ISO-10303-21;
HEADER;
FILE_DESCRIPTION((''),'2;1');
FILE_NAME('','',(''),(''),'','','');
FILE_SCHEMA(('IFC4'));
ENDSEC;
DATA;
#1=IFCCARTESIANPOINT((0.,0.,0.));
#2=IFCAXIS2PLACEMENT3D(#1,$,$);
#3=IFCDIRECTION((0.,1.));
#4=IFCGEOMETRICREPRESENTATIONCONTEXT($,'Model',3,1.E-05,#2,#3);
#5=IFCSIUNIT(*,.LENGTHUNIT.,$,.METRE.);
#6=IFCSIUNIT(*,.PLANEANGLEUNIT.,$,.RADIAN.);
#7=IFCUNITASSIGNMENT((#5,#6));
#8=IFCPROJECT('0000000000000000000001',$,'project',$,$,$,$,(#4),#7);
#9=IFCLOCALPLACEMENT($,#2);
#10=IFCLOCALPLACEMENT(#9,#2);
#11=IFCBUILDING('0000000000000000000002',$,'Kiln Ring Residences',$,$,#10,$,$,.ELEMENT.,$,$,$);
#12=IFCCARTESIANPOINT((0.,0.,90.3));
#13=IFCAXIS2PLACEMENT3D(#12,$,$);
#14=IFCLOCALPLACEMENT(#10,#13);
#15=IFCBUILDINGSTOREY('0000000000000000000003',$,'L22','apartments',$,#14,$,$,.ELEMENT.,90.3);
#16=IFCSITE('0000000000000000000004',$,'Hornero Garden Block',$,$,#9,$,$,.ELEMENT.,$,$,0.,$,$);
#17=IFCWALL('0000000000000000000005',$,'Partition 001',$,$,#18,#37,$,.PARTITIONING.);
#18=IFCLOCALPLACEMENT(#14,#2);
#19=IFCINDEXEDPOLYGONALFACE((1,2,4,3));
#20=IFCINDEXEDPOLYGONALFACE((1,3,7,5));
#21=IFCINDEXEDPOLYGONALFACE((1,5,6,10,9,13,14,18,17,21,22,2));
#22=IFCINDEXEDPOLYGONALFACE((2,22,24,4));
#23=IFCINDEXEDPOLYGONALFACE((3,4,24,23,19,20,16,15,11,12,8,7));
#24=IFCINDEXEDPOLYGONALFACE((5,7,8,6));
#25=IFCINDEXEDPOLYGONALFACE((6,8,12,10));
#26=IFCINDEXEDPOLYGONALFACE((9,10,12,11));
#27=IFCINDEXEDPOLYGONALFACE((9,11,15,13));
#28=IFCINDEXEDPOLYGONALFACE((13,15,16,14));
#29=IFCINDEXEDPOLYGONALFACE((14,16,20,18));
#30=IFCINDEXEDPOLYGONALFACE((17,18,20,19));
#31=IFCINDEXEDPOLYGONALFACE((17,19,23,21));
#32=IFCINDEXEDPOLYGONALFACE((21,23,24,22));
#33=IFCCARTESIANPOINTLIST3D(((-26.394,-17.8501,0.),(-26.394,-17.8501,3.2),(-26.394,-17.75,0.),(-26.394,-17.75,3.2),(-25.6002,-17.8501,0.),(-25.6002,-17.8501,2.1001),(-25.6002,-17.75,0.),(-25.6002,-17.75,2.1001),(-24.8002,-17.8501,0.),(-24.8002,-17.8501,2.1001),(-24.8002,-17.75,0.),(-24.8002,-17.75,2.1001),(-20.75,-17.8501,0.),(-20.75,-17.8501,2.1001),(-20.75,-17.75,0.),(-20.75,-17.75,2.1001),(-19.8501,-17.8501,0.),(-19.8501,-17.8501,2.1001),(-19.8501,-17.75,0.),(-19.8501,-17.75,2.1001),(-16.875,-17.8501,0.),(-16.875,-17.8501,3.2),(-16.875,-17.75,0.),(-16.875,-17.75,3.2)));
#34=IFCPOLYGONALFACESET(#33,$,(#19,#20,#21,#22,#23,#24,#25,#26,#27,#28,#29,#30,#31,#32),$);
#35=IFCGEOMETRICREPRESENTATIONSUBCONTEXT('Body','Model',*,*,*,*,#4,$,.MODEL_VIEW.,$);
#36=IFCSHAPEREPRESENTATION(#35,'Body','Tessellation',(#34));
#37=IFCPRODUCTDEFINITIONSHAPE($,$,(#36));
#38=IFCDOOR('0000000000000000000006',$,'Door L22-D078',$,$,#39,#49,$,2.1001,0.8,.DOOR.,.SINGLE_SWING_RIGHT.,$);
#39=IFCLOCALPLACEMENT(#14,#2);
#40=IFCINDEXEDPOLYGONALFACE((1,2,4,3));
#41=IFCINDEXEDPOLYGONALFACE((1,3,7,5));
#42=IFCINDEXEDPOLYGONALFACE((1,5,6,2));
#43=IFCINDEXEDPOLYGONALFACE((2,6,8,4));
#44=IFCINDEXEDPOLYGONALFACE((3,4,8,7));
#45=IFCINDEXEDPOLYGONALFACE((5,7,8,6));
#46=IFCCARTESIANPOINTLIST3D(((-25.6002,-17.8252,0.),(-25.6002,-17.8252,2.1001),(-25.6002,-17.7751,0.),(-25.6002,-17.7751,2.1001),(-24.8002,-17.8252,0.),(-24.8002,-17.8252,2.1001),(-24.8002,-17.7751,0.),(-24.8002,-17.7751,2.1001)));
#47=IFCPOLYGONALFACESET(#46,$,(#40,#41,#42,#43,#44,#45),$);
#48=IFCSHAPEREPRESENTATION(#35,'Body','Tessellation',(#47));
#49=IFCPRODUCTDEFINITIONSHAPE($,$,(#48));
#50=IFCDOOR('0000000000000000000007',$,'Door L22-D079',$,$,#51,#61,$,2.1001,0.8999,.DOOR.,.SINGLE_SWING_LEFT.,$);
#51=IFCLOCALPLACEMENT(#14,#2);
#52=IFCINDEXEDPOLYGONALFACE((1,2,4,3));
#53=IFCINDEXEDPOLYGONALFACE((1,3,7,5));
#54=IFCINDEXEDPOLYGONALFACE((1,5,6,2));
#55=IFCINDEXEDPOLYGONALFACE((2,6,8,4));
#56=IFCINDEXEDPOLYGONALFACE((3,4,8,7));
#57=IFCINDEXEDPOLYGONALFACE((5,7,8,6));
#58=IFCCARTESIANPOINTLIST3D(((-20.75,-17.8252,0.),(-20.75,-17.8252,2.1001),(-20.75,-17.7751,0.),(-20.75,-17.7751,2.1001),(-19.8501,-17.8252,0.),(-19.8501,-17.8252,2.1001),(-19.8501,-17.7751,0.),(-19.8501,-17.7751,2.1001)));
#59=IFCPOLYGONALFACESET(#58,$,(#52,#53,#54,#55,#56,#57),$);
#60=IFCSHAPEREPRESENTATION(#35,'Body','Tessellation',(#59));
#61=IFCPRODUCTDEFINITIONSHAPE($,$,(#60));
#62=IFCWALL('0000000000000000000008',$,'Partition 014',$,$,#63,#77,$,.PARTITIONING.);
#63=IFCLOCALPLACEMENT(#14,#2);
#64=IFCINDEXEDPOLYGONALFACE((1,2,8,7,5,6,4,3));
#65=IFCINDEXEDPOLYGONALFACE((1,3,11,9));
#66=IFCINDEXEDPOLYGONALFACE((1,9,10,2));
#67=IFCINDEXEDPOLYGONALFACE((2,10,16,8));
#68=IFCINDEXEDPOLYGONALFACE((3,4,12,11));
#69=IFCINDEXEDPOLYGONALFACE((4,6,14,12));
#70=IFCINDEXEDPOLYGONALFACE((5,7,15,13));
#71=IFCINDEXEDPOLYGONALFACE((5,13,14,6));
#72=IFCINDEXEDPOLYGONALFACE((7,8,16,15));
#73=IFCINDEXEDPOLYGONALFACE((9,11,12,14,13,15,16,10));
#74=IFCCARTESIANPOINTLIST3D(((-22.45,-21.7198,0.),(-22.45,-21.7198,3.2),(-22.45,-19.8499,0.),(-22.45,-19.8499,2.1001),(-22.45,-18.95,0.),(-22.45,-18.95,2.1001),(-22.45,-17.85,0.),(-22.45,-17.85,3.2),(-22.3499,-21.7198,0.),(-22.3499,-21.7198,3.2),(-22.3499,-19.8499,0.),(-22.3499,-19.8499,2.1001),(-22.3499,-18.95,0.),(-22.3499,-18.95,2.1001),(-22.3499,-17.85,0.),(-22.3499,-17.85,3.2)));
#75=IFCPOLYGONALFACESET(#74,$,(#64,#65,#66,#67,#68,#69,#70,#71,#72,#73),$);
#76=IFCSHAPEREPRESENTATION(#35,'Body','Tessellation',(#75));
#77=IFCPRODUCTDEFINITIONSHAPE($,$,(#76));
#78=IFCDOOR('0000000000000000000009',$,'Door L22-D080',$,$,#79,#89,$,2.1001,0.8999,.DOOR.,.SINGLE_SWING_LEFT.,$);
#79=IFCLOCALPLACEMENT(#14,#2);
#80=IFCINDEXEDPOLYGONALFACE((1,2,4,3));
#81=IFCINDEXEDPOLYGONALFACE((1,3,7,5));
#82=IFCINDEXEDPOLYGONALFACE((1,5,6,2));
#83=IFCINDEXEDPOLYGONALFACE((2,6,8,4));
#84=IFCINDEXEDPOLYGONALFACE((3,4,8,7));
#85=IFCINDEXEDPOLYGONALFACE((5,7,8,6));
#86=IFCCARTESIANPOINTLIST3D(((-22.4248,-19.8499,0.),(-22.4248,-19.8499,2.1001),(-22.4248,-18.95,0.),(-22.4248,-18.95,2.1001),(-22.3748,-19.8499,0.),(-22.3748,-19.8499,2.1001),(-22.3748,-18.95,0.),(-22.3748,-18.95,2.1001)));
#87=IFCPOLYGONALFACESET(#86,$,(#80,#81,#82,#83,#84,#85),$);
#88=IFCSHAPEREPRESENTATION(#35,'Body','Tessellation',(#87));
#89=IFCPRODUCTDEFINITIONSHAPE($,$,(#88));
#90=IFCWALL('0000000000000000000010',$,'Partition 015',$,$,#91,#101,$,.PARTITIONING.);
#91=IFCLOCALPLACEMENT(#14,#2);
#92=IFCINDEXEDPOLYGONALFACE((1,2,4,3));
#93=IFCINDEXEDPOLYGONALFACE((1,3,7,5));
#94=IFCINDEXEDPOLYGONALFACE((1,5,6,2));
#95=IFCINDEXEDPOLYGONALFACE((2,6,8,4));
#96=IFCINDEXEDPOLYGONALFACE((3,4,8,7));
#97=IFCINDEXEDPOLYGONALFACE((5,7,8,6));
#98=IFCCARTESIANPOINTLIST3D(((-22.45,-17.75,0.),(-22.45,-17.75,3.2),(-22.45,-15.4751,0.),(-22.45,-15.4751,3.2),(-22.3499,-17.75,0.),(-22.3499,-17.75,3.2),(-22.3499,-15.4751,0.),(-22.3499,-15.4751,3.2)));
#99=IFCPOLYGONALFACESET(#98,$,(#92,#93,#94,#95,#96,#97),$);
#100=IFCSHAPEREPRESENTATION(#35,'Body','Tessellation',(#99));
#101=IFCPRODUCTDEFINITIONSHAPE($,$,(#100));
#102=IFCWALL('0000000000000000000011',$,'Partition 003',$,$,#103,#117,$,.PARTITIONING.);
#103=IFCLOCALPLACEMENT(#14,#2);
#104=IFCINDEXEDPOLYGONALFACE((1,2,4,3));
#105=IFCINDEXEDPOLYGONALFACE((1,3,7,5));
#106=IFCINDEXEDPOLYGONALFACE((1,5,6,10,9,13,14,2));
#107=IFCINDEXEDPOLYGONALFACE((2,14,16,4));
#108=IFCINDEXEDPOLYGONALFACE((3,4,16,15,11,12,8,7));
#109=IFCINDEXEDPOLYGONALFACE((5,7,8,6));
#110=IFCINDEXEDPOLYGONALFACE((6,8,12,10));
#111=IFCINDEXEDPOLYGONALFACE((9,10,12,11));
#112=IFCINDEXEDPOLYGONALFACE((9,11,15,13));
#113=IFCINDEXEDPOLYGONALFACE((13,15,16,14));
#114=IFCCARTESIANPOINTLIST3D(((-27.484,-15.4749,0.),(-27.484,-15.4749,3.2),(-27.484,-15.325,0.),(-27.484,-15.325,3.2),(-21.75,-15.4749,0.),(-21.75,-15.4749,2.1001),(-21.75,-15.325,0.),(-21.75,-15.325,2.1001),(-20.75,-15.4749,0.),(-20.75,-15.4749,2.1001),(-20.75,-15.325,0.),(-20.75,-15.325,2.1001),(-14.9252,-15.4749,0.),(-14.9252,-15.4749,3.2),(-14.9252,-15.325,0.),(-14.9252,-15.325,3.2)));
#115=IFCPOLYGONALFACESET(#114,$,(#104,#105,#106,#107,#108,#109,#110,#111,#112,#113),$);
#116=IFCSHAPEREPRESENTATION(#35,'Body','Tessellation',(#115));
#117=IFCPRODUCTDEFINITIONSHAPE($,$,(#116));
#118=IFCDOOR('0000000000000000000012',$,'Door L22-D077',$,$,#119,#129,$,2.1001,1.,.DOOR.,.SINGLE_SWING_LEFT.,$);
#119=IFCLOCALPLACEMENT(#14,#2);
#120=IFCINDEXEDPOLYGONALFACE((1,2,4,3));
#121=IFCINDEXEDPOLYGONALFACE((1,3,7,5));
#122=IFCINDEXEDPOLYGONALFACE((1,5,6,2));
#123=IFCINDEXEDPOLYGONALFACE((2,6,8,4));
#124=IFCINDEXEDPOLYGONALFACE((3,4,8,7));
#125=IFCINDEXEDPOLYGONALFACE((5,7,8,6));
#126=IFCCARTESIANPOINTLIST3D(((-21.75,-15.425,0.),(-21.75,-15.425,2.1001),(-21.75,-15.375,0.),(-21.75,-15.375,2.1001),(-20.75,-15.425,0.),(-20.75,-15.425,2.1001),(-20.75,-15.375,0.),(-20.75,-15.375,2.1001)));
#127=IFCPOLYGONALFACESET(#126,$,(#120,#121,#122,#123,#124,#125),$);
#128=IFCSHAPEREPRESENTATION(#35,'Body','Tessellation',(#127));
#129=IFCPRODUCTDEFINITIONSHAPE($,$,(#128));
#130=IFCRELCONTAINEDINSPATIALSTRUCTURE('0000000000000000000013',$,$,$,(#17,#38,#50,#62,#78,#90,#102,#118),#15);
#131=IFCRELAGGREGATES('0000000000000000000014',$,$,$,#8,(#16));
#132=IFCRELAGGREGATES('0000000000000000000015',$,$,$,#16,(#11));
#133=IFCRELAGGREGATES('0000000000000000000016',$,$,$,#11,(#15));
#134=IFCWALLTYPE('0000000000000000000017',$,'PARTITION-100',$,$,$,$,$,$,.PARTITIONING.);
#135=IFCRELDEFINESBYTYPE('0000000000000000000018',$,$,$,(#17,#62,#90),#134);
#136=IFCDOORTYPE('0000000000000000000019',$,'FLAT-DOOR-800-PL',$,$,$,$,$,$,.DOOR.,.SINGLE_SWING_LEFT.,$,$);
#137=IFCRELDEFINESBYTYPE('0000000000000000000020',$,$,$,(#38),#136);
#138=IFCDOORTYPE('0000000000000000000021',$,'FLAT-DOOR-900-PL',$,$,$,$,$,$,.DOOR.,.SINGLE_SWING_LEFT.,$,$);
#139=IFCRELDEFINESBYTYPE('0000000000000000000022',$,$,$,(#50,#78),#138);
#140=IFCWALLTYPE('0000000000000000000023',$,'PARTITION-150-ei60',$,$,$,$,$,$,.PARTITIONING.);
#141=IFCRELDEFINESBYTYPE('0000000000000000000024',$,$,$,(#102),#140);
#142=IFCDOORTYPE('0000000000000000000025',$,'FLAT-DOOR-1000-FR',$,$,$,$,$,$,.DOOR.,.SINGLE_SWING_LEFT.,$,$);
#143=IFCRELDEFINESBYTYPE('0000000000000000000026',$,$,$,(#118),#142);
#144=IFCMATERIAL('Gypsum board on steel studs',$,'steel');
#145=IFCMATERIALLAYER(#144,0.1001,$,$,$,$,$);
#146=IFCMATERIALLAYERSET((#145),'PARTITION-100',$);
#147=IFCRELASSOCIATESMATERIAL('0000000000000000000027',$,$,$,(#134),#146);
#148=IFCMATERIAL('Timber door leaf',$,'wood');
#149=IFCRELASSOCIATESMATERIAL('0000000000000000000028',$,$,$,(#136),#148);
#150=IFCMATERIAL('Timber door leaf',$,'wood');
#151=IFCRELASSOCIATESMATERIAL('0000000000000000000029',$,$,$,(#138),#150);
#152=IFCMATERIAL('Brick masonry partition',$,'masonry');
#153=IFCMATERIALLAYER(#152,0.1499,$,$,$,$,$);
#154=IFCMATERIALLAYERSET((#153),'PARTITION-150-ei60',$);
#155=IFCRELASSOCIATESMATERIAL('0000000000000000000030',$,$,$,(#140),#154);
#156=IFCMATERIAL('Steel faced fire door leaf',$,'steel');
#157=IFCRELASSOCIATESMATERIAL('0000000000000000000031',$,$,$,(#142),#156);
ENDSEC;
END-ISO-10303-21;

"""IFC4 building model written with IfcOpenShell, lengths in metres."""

from ifc_helpers import new_model, si_unit, direction, frame, frame_2d, origin, place, context, subcontext, project, spatial, rectangle, extrude, material, layer, layer_set, type_object, element, fill, save


model = new_model("IFC4")

# Units and contexts
model_context = context("Model", 3, precision=1e-05, world=origin(), true_north=direction((0.0, 1.0)))
body_context = subcontext(model_context, "Body", "Model", "MODEL_VIEW")
ifc_project = project(units=[si_unit("LENGTHUNIT", "METRE"), si_unit("PLANEANGLEUNIT", "RADIAN")], contexts=[model_context])

# Site, building, storey
site_placement = place(None, origin())
site = spatial("IfcSite", under=ifc_project, at=site_placement, Name="Hornero Garden Block", CompositionType="ELEMENT", RefElevation=0.0)
building_placement = place(site_placement, origin())
building = spatial("IfcBuilding", under=site, at=building_placement, Name="Kiln Ring Residences", CompositionType="ELEMENT")
storey_placement = place(building_placement, frame((0.0, 0.0, 90.3)))
storey = spatial("IfcBuildingStorey", under=building, at=storey_placement, Name="L22", Description="apartments", CompositionType="ELEMENT", Elevation=90.3)

# Wall, openings, doors
ifc_material_1 = material(Name="Gypsum board on steel studs", Category="steel")
ifc_layer_1 = layer(ifc_material_1, 0.1001)
ifc_layer_set_1 = layer_set([ifc_layer_1], Name="PARTITION-100")
wall_type_1 = type_object("IfcWallType", Name="PARTITION-100", PredefinedType="PARTITIONING", material=ifc_layer_set_1)
wall_1_placement = place(storey_placement, frame((-26.394, -17.8, 0.0), z_axis=(0.0, 0.0, 1.0), x_axis=(1.0, 0.0, 0.0)))
wall_1 = element("IfcWall", 1, at=wall_1_placement, inside=storey, type_object=wall_type_1, Name="Partition 001", PredefinedType="PARTITIONING", context=body_context, shape_type="SweptSolid", body=[
    extrude(rectangle(XDim=9.519, YDim=0.1001, at=frame_2d((4.7595, 0.0))), origin(), (0.0, 0.0, 1.0), 3.2),
])
opening_1_placement = place(wall_1_placement, frame((0.7939, 0.0, 0.0)))
opening_1 = element("IfcOpeningElement", 2, at=opening_1_placement, cuts=wall_1, PredefinedType="OPENING", context=body_context, shape_type="SweptSolid", body=[
    extrude(rectangle(XDim=0.8, YDim=2.1001, at=frame_2d((0.3999, 1.05))), frame((0.0, 0.0601, 0.0), z_axis=(0.0, -1.0, 0.0), x_axis=(1.0, 0.0, 0.0)), (0.0, 0.0, 1.0), 0.1201),
])
opening_2_placement = place(wall_1_placement, frame((5.644, 0.0, 0.0)))
opening_2 = element("IfcOpeningElement", 3, at=opening_2_placement, cuts=wall_1, PredefinedType="OPENING", context=body_context, shape_type="SweptSolid", body=[
    extrude(rectangle(XDim=0.8999, YDim=2.1001, at=frame_2d((0.45, 1.05))), frame((0.0, 0.0601, 0.0), z_axis=(0.0, -1.0, 0.0), x_axis=(1.0, 0.0, 0.0)), (0.0, 0.0, 1.0), 0.1201),
])
ifc_material_2 = material(Name="Timber door leaf", Category="wood")
door_type_1 = type_object("IfcDoorType", Name="FLAT-DOOR-800-PL", OperationType="SINGLE_SWING_LEFT", PredefinedType="DOOR", material=ifc_material_2)
door_1_placement = place(opening_1_placement, origin())
door_1 = element("IfcDoor", 4, at=door_1_placement, inside=storey, type_object=door_type_1, Name="Door L22-D078", OperationType="SINGLE_SWING_RIGHT", OverallHeight=2.1001, OverallWidth=0.8, PredefinedType="DOOR", context=body_context, shape_type="SweptSolid", body=[
    extrude(rectangle(XDim=0.8, YDim=2.1001, at=frame_2d((0.3999, 1.05))), frame((0.0, 0.0249, 0.0), z_axis=(0.0, -1.0, 0.0), x_axis=(1.0, 0.0, 0.0)), (0.0, 0.0, 1.0), 0.05),
])
fill(opening_1, door_1)
ifc_material_3 = material(Name="Timber door leaf", Category="wood")
door_type_2 = type_object("IfcDoorType", Name="FLAT-DOOR-900-PL", OperationType="SINGLE_SWING_LEFT", PredefinedType="DOOR", material=ifc_material_3)
door_2_placement = place(opening_2_placement, origin())
door_2 = element("IfcDoor", 5, at=door_2_placement, inside=storey, type_object=door_type_2, Name="Door L22-D079", OperationType="SINGLE_SWING_LEFT", OverallHeight=2.1001, OverallWidth=0.8999, PredefinedType="DOOR", context=body_context, shape_type="SweptSolid", body=[
    extrude(rectangle(XDim=0.8999, YDim=2.1001, at=frame_2d((0.45, 1.05))), frame((0.0, 0.0249, 0.0), z_axis=(0.0, -1.0, 0.0), x_axis=(1.0, 0.0, 0.0)), (0.0, 0.0, 1.0), 0.05),
])
fill(opening_2, door_2)

# Wall, opening, door
wall_2_placement = place(storey_placement, frame((-22.3999, -21.72, 0.0), z_axis=(0.0, 0.0, 1.0), x_axis=(0.0, 1.0, 0.0)))
wall_2 = element("IfcWall", 6, at=wall_2_placement, inside=storey, type_object=wall_type_1, Name="Partition 014", PredefinedType="PARTITIONING", context=body_context, shape_type="SweptSolid", body=[
    extrude(rectangle(XDim=3.8699, YDim=0.1001, at=frame_2d((1.9351, 0.0))), origin(), (0.0, 0.0, 1.0), 3.2),
])
opening_3_placement = place(wall_2_placement, frame((1.8701, 0.0, 0.0)))
opening_3 = element("IfcOpeningElement", 7, at=opening_3_placement, cuts=wall_2, PredefinedType="OPENING", context=body_context, shape_type="SweptSolid", body=[
    extrude(rectangle(XDim=0.8999, YDim=2.1001, at=frame_2d((0.45, 1.05))), frame((0.0, 0.0601, 0.0), z_axis=(0.0, -1.0, 0.0), x_axis=(1.0, 0.0, 0.0)), (0.0, 0.0, 1.0), 0.1201),
])
door_3_placement = place(opening_3_placement, origin())
door_3 = element("IfcDoor", 8, at=door_3_placement, inside=storey, type_object=door_type_2, Name="Door L22-D080", OperationType="SINGLE_SWING_LEFT", OverallHeight=2.1001, OverallWidth=0.8999, PredefinedType="DOOR", context=body_context, shape_type="SweptSolid", body=[
    extrude(rectangle(XDim=0.8999, YDim=2.1001, at=frame_2d((0.45, 1.05))), frame((0.0, 0.0249, 0.0), z_axis=(0.0, -1.0, 0.0), x_axis=(1.0, 0.0, 0.0)), (0.0, 0.0, 1.0), 0.05),
])
fill(opening_3, door_3)

# Wall
wall_3_placement = place(storey_placement, frame((-22.3999, -17.75, 0.0), z_axis=(0.0, 0.0, 1.0), x_axis=(0.0, 1.0, 0.0)))
element("IfcWall", 9, at=wall_3_placement, inside=storey, type_object=wall_type_1, Name="Partition 015", PredefinedType="PARTITIONING", context=body_context, shape_type="SweptSolid", body=[
    extrude(rectangle(XDim=2.2749, YDim=0.1001, at=frame_2d((1.1375, 0.0))), origin(), (0.0, 0.0, 1.0), 3.2),
])

# Wall, opening, door
ifc_material_4 = material(Name="Brick masonry partition", Category="masonry")
ifc_layer_2 = layer(ifc_material_4, 0.1499)
ifc_layer_set_2 = layer_set([ifc_layer_2], Name="PARTITION-150-ei60")
wall_type_2 = type_object("IfcWallType", Name="PARTITION-150-ei60", PredefinedType="PARTITIONING", material=ifc_layer_set_2)
wall_4_placement = place(storey_placement, frame((-27.4839, -15.3999, 0.0), z_axis=(0.0, 0.0, 1.0), x_axis=(1.0, 0.0, 0.0)))
wall_4 = element("IfcWall", 10, at=wall_4_placement, inside=storey, type_object=wall_type_2, Name="Partition 003", PredefinedType="PARTITIONING", context=body_context, shape_type="SweptSolid", body=[
    extrude(rectangle(XDim=12.5588, YDim=0.1499, at=frame_2d((6.2793, 0.0))), origin(), (0.0, 0.0, 1.0), 3.2),
])
opening_4_placement = place(wall_4_placement, frame((5.7339, 0.0, 0.0)))
opening_4 = element("IfcOpeningElement", 11, at=opening_4_placement, cuts=wall_4, PredefinedType="OPENING", context=body_context, shape_type="SweptSolid", body=[
    extrude(rectangle(XDim=1.0, YDim=2.1001, at=frame_2d((0.5, 1.05))), frame((0.0, 0.085, 0.0), z_axis=(0.0, -1.0, 0.0), x_axis=(1.0, 0.0, 0.0)), (0.0, 0.0, 1.0), 0.1699),
])
ifc_material_5 = material(Name="Steel faced fire door leaf", Category="steel")
door_type_3 = type_object("IfcDoorType", Name="FLAT-DOOR-1000-FR", OperationType="SINGLE_SWING_LEFT", PredefinedType="DOOR", material=ifc_material_5)
door_4_placement = place(opening_4_placement, origin())
door_4 = element("IfcDoor", 12, at=door_4_placement, inside=storey, type_object=door_type_3, Name="Door L22-D077", OperationType="SINGLE_SWING_LEFT", OverallHeight=2.1001, OverallWidth=1.0, PredefinedType="DOOR", context=body_context, shape_type="SweptSolid", body=[
    extrude(rectangle(XDim=1.0, YDim=2.1001, at=frame_2d((0.5, 1.05))), frame((0.0, 0.0249, 0.0), z_axis=(0.0, -1.0, 0.0), x_axis=(1.0, 0.0, 0.0)), (0.0, 0.0, 1.0), 0.05),
])
fill(opening_4, door_4)

save(model, "model.ifc")
